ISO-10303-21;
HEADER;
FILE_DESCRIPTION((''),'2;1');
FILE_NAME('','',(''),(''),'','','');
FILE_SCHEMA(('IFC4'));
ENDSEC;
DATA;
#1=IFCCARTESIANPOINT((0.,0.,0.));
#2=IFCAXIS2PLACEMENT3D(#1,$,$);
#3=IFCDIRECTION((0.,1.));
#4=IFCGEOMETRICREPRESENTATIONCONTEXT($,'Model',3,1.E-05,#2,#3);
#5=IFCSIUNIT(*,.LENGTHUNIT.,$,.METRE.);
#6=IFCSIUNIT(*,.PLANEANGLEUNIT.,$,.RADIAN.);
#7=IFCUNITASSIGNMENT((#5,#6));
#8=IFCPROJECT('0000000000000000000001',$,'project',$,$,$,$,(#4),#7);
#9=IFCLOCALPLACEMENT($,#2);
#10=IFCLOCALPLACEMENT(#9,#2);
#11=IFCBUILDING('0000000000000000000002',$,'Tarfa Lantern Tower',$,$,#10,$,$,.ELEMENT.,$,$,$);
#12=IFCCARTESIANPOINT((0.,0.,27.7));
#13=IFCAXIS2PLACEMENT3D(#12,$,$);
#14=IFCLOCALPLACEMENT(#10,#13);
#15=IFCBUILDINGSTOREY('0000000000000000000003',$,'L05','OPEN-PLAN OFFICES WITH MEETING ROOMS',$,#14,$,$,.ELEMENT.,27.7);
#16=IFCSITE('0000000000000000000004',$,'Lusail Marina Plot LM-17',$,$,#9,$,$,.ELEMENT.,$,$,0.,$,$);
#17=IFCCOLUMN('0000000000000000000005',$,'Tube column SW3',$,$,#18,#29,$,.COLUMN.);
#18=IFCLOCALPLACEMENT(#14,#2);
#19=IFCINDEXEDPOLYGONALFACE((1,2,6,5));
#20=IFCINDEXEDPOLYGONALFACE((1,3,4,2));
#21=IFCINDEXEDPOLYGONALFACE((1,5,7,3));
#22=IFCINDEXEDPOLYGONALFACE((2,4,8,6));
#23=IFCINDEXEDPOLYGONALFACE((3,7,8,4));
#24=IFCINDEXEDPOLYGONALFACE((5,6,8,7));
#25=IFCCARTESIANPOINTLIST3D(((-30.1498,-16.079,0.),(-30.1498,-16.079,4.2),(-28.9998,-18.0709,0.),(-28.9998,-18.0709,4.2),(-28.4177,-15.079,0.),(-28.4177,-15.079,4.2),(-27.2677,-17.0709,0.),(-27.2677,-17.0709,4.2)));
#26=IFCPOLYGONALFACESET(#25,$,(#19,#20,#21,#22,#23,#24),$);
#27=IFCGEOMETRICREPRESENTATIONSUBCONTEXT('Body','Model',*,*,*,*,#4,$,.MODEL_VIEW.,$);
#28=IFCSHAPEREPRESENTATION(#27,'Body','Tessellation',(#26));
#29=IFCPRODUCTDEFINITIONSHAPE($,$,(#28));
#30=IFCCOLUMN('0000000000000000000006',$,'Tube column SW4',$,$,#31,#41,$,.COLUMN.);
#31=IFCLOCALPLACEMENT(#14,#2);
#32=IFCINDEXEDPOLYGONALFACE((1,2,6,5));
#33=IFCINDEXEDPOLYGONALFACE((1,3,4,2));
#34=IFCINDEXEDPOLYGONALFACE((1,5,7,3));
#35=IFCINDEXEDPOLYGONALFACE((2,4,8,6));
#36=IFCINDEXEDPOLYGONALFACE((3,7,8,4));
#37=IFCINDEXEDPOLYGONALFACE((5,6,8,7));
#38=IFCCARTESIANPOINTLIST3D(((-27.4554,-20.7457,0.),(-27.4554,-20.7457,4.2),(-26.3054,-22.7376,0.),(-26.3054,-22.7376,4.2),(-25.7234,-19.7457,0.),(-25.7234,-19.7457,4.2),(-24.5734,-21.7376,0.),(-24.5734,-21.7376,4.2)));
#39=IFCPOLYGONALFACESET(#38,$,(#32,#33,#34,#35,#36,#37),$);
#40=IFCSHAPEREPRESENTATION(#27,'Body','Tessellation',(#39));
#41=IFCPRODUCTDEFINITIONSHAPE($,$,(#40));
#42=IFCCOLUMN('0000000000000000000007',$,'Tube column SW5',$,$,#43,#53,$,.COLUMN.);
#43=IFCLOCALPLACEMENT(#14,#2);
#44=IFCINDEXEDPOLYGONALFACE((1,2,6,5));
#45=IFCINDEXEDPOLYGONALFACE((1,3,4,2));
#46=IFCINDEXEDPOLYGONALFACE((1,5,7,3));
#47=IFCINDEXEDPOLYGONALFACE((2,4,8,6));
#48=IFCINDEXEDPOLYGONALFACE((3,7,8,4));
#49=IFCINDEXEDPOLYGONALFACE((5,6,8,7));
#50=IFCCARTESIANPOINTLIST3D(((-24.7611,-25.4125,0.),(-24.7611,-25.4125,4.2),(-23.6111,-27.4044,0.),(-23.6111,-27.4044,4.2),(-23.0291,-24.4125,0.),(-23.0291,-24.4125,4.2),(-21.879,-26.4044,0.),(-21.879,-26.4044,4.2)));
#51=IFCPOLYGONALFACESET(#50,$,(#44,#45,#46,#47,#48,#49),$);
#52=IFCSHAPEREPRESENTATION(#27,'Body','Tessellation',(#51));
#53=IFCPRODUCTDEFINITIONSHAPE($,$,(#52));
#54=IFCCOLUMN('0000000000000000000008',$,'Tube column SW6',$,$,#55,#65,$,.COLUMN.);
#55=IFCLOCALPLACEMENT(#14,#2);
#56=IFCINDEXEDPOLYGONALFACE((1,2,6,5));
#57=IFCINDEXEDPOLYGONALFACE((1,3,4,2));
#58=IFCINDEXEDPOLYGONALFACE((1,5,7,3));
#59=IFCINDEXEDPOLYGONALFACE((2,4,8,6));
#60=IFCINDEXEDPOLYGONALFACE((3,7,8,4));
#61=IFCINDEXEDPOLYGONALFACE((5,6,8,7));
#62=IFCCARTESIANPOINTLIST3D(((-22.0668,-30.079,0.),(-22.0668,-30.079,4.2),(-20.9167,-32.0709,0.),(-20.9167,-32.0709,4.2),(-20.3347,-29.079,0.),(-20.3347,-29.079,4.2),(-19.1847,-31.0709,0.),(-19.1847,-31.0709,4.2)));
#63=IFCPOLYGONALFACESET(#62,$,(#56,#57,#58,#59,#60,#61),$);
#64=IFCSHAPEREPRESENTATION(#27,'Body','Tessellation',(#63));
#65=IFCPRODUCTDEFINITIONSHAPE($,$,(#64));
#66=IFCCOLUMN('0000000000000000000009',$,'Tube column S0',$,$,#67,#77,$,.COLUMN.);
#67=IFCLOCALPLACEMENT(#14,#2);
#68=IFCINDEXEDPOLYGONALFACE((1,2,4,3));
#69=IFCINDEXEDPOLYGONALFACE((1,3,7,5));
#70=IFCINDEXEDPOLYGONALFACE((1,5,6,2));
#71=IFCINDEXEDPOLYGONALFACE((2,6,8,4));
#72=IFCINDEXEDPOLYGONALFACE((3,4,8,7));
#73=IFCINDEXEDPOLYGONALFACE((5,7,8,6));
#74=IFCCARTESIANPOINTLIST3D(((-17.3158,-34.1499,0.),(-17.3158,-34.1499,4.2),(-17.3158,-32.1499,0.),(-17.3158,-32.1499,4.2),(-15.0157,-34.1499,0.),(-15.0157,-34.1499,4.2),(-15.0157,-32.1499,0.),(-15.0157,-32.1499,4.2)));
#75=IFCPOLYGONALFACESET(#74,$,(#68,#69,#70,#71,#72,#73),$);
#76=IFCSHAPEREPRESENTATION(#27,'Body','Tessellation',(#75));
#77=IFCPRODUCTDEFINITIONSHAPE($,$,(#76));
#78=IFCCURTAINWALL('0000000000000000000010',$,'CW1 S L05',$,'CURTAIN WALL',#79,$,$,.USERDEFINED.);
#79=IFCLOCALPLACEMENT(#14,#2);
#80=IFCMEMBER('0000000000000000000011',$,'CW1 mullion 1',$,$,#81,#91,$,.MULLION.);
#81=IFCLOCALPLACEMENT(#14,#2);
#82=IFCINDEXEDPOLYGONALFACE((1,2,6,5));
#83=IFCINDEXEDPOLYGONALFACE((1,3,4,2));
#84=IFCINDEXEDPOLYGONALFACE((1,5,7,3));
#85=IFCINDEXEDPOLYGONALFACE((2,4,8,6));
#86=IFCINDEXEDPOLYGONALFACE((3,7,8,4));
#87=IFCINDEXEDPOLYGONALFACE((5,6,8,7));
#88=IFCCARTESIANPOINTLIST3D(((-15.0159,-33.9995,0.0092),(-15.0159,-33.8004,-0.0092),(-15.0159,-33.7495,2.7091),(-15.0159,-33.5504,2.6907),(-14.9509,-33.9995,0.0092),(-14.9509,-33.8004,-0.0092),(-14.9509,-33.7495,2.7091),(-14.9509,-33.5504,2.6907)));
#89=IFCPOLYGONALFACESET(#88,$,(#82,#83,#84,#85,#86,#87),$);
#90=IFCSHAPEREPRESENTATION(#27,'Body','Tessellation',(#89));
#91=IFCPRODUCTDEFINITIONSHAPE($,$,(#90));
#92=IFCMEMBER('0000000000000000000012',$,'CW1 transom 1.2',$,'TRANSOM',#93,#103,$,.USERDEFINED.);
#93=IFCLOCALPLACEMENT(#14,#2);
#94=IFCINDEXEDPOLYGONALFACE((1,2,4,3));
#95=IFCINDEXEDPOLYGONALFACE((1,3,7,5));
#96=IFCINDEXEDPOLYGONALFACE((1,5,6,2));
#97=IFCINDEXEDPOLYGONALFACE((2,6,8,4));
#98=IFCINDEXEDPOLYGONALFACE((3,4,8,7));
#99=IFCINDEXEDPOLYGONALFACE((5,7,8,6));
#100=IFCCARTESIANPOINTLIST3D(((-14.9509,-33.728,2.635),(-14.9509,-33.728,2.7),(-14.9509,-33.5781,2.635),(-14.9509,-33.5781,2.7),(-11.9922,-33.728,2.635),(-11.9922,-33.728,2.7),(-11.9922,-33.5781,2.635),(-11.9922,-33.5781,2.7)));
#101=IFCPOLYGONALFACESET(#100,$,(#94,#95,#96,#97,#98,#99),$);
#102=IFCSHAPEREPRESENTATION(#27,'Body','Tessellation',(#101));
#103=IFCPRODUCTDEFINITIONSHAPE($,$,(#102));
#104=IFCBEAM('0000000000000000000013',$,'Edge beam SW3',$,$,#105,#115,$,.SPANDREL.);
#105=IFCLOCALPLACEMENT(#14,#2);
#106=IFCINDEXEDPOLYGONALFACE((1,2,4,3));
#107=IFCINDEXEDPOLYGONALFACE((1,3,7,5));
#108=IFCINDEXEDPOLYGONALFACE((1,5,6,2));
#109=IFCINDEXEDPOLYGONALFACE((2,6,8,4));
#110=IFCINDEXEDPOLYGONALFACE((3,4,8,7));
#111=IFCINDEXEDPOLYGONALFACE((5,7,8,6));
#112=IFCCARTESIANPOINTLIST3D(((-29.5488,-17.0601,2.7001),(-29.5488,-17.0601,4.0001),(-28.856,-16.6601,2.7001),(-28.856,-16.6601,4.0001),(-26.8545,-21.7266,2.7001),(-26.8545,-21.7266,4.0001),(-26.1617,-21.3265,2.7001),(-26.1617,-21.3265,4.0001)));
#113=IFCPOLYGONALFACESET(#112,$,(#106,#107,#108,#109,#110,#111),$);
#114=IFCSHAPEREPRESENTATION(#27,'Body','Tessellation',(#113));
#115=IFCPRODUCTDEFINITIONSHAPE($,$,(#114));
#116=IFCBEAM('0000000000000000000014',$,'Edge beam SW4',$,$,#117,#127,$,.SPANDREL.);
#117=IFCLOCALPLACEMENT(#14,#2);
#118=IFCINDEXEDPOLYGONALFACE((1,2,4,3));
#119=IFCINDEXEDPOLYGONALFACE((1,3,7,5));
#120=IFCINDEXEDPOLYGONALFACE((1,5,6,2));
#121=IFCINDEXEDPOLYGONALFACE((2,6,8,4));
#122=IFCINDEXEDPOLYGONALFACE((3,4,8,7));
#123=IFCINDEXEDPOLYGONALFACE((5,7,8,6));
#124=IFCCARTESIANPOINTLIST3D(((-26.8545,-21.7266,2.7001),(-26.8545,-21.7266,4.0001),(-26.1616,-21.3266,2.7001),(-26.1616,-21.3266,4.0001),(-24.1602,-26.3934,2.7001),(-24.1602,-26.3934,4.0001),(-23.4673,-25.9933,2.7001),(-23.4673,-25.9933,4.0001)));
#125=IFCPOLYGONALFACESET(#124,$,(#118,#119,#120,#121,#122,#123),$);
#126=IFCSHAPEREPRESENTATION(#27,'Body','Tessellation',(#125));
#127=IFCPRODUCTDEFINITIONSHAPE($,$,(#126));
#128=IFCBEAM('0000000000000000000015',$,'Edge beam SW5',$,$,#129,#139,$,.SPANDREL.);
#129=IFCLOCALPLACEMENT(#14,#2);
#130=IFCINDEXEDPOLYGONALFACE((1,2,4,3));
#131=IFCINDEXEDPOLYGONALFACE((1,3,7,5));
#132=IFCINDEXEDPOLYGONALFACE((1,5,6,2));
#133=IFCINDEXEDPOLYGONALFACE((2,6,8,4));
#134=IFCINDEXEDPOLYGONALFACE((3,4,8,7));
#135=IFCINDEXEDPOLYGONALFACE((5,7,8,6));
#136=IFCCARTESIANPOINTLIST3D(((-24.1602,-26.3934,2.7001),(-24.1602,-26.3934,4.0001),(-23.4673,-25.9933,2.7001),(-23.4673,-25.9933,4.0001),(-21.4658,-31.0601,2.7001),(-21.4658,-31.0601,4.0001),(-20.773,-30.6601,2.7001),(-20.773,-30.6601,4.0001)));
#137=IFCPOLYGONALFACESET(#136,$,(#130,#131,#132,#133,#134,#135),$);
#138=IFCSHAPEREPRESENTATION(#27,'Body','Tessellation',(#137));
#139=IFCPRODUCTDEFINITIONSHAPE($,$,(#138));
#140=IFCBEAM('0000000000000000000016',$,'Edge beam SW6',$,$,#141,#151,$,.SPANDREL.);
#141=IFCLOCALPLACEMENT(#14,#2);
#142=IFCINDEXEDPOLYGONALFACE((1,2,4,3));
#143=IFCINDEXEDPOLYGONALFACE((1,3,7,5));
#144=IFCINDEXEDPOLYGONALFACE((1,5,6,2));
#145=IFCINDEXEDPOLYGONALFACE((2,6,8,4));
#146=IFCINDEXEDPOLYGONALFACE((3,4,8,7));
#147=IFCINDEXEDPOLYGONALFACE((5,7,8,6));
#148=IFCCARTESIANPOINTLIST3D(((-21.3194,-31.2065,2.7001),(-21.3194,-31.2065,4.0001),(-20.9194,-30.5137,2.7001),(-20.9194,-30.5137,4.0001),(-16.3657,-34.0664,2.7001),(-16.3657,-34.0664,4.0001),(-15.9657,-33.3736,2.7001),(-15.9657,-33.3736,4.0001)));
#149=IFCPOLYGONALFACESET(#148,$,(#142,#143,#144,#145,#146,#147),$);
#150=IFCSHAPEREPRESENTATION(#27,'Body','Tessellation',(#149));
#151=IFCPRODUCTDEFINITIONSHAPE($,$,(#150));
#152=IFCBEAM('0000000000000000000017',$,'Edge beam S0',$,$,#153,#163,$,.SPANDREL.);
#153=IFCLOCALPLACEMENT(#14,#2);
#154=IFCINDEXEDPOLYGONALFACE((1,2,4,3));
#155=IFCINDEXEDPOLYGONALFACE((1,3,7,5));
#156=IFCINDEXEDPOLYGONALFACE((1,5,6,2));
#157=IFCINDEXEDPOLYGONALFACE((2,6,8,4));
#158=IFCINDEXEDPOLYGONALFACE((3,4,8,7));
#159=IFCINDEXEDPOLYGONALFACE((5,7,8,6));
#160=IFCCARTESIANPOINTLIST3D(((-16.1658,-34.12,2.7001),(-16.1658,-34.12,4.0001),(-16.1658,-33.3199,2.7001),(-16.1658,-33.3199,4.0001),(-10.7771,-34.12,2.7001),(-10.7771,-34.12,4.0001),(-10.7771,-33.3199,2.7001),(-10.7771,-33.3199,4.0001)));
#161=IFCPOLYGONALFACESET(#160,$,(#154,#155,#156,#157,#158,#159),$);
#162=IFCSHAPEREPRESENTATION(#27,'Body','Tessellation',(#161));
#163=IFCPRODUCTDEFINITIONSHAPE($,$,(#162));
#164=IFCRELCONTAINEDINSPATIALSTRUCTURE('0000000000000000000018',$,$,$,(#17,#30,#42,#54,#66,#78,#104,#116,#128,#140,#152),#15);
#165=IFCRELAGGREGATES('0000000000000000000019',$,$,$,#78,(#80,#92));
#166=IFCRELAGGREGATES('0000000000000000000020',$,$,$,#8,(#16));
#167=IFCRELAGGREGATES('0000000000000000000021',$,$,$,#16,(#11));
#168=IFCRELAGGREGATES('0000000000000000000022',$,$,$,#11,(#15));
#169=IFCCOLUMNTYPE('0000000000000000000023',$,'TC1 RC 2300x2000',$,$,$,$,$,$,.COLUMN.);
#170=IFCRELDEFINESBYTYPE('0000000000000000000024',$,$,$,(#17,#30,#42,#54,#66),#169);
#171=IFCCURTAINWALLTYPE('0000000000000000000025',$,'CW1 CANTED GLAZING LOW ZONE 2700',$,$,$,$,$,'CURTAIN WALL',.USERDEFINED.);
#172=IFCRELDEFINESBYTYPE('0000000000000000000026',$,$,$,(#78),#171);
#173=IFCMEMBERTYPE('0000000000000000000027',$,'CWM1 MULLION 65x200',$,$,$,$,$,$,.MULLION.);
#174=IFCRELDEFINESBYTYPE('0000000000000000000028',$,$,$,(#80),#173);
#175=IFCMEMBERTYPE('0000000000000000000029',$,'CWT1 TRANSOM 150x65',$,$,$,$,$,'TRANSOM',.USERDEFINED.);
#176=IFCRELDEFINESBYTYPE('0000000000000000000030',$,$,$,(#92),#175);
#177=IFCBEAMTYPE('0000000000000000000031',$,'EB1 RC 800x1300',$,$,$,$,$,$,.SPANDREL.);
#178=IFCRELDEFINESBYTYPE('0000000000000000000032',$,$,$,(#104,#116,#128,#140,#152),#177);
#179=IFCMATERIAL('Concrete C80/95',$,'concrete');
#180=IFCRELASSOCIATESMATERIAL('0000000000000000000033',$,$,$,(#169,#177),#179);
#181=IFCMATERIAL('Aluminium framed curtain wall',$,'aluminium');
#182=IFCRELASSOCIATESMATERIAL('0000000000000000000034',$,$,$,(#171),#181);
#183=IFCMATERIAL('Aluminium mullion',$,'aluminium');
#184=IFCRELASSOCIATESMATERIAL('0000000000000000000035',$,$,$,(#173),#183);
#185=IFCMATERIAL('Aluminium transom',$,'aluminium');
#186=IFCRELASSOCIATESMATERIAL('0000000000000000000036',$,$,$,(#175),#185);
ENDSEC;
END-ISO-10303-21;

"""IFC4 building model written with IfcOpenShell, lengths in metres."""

from ifc_helpers import new_model, si_unit, direction, frame, origin, origin_2d, place, context, subcontext, project, spatial, rectangle, extrude, material, material_profile, profile_set, type_object, element, aggregate, save


model = new_model("IFC4")

# Units and contexts
model_context = context("Model", 3, precision=1e-05, world=origin(), true_north=direction((0.0, 1.0)))
body_context = subcontext(model_context, "Body", "Model", "MODEL_VIEW")
ifc_project = project(units=[si_unit("LENGTHUNIT", "METRE"), si_unit("PLANEANGLEUNIT", "RADIAN")], contexts=[model_context])

# Site, building, storey
site_placement = place(None, origin())
site = spatial("IfcSite", under=ifc_project, at=site_placement, Name="Lusail Marina Plot LM-17", CompositionType="ELEMENT", RefElevation=0.0)
building_placement = place(site_placement, origin())
building = spatial("IfcBuilding", under=site, at=building_placement, Name="Tarfa Lantern Tower", CompositionType="ELEMENT")
storey_placement = place(building_placement, frame((0.0, 0.0, 27.7)))
storey = spatial("IfcBuildingStorey", under=building, at=storey_placement, Name="L05", Description="OPEN-PLAN OFFICES WITH MEETING ROOMS", CompositionType="ELEMENT", Elevation=27.7)

# Columns
ifc_material_1 = material(Name="Concrete C80/95", Category="concrete")
ifc_material_profile_1 = material_profile(ifc_material_1, rectangle(XDim=2.3, YDim=2.0, at=origin_2d()), Name="RC 2300x2000")
ifc_profile_set_1 = profile_set([ifc_material_profile_1], Name="Concrete C80/95")
column_type = type_object("IfcColumnType", Name="TC1 RC 2300x2000", PredefinedType="COLUMN", material=ifc_profile_set_1)
for number, where, z_axis, x_axis, name in (
    (1, (-28.7087, -16.575, 0.0), (0.0, 0.0, 1.0), (0.5, -0.866025, 0.0), "Tube column SW3"),
    (2, (-26.0144, -21.2417, 0.0), (0.0, 0.0, 1.0), (0.5, -0.866025, 0.0), "Tube column SW4"),
    (3, (-23.3201, -25.9084, 0.0), (0.0, 0.0, 1.0), (0.5, -0.866025, 0.0), "Tube column SW5"),
    (4, (-20.6257, -30.575, 0.0), (0.0, 0.0, 1.0), (0.5, -0.866025, 0.0), "Tube column SW6"),
    (5, (-16.1658, -33.1499, 0.0), (0.0, 0.0, 1.0), (1.0, 0.0, 0.0), "Tube column S0"),
):
    element("IfcColumn", number, at=place(storey_placement, frame(where, z_axis=z_axis, x_axis=x_axis)), inside=storey, type_object=column_type, Name=name, PredefinedType="COLUMN", context=body_context, shape_type="SweptSolid", body=[
        extrude(rectangle(XDim=2.3, YDim=2.0, at=origin_2d()), origin(), (0.0, 0.0, 1.0), 4.2),
    ])

# Curtain wall, members
ifc_material_2 = material(Name="Aluminium framed curtain wall", Category="aluminium")
curtain_wall_type = type_object("IfcCurtainWallType", Name="CW1 CANTED GLAZING LOW ZONE 2700", ElementType="CURTAIN WALL", PredefinedType="USERDEFINED", material=ifc_material_2)
curtain_wall_placement = place(storey_placement, origin())
curtain_wall = element("IfcCurtainWall", 6, at=curtain_wall_placement, inside=storey, type_object=curtain_wall_type, Name="CW1 S L05", ObjectType="CURTAIN WALL", PredefinedType="USERDEFINED")
ifc_material_3 = material(Name="Aluminium mullion", Category="aluminium")
ifc_material_profile_2 = material_profile(ifc_material_3, rectangle(XDim=0.0649, YDim=0.2, at=origin_2d()), Name="AL MULLION 65x200")
ifc_profile_set_2 = profile_set([ifc_material_profile_2], Name="Aluminium mullion")
member_type_1 = type_object("IfcMemberType", Name="CWM1 MULLION 65x200", PredefinedType="MULLION", material=ifc_profile_set_2)
member_1_placement = place(storey_placement, frame((-14.9834, -33.8999, 0.0), z_axis=(0.0, 0.0922, 0.995741), x_axis=(-1.0, 0.0, 0.0)))
member_1 = element("IfcMember", 7, at=member_1_placement, type_object=member_type_1, Name="CW1 mullion 1", PredefinedType="MULLION", context=body_context, shape_type="SweptSolid", body=[
    extrude(rectangle(XDim=0.0649, YDim=0.2, at=origin_2d()), origin(), (0.0, 0.0, 1.0), 2.7114),
])
ifc_material_4 = material(Name="Aluminium transom", Category="aluminium")
ifc_material_profile_3 = material_profile(ifc_material_4, rectangle(XDim=0.1499, YDim=0.0649, at=origin_2d()), Name="AL TRANSOM 150x65")
ifc_profile_set_3 = profile_set([ifc_material_profile_3], Name="Aluminium transom")
member_type_2 = type_object("IfcMemberType", Name="CWT1 TRANSOM 150x65", ElementType="TRANSOM", PredefinedType="USERDEFINED", material=ifc_profile_set_3)
member_2_placement = place(storey_placement, frame((-14.9509, -33.6531, 2.6675), z_axis=(1.0, 0.0, 0.0), x_axis=(0.0, 1.0, 0.0)))
member_2 = element("IfcMember", 8, at=member_2_placement, type_object=member_type_2, Name="CW1 transom 1.2", ObjectType="TRANSOM", PredefinedType="USERDEFINED", context=body_context, shape_type="SweptSolid", body=[
    extrude(rectangle(XDim=0.1499, YDim=0.0649, at=origin_2d()), origin(), (0.0, 0.0, 1.0), 2.9587),
])

# Beams
ifc_material_profile_4 = material_profile(ifc_material_1, rectangle(XDim=0.8, YDim=1.3, at=origin_2d()), Name="RC 800x1300")
ifc_profile_set_4 = profile_set([ifc_material_profile_4], Name="Concrete C80/95")
beam_type_1 = type_object("IfcBeamType", Name="EB1 RC 800x1300", PredefinedType="SPANDREL", material=ifc_profile_set_4)
beam_1_placement = place(storey_placement, frame((-29.2024, -16.8601, 3.3501), z_axis=(0.500018, -0.866015, 0.0), x_axis=(0.866015, 0.500018, 0.0)))
element("IfcBeam", 9, at=beam_1_placement, inside=storey, type_object=beam_type_1, Name="Edge beam SW3", PredefinedType="SPANDREL", context=body_context, shape_type="SweptSolid", body=[
    extrude(rectangle(XDim=0.8, YDim=1.3, at=origin_2d()), origin(), (0.0, 0.0, 1.0), 5.3884),
])
for number, where, z_axis, x_axis, name in (
    (10, (-26.5081, -21.5266, 3.3501), (0.499998, -0.866026, 0.0), (0.866026, 0.499998, 0.0), "Edge beam SW4"),
    (11, (-23.8137, -26.1934, 3.3501), (0.499998, -0.866026, 0.0), (0.866026, 0.499998, 0.0), "Edge beam SW5"),
):
    element("IfcBeam", number, at=place(storey_placement, frame(where, z_axis=z_axis, x_axis=x_axis)), inside=storey, type_object=beam_type_1, Name=name, PredefinedType="SPANDREL", context=body_context, shape_type="SweptSolid", body=[
        extrude(rectangle(XDim=0.8, YDim=1.3, at=origin_2d()), origin(), (0.0, 0.0, 1.0), 5.3887),
    ])
beam_2_placement = place(storey_placement, frame((-21.1194, -30.8601, 3.3501), z_axis=(0.866033, -0.499986, 0.0), x_axis=(0.499986, 0.866033, 0.0)))
element("IfcBeam", 12, at=beam_2_placement, inside=storey, type_object=beam_type_1, Name="Edge beam SW6", PredefinedType="SPANDREL", context=body_context, shape_type="SweptSolid", body=[
    extrude(rectangle(XDim=0.8, YDim=1.3, at=origin_2d()), origin(), (0.0, 0.0, 1.0), 5.72),
])
beam_3_placement = place(storey_placement, frame((-16.1658, -33.72, 3.3501), z_axis=(1.0, 0.0, 0.0), x_axis=(0.0, 1.0, 0.0)))
element("IfcBeam", 13, at=beam_3_placement, inside=storey, type_object=beam_type_1, Name="Edge beam S0", PredefinedType="SPANDREL", context=body_context, shape_type="SweptSolid", body=[
    extrude(rectangle(XDim=0.8, YDim=1.3, at=origin_2d()), origin(), (0.0, 0.0, 1.0), 5.3887),
])

aggregate(curtain_wall, [member_1, member_2])

save(model, "model.ifc")
